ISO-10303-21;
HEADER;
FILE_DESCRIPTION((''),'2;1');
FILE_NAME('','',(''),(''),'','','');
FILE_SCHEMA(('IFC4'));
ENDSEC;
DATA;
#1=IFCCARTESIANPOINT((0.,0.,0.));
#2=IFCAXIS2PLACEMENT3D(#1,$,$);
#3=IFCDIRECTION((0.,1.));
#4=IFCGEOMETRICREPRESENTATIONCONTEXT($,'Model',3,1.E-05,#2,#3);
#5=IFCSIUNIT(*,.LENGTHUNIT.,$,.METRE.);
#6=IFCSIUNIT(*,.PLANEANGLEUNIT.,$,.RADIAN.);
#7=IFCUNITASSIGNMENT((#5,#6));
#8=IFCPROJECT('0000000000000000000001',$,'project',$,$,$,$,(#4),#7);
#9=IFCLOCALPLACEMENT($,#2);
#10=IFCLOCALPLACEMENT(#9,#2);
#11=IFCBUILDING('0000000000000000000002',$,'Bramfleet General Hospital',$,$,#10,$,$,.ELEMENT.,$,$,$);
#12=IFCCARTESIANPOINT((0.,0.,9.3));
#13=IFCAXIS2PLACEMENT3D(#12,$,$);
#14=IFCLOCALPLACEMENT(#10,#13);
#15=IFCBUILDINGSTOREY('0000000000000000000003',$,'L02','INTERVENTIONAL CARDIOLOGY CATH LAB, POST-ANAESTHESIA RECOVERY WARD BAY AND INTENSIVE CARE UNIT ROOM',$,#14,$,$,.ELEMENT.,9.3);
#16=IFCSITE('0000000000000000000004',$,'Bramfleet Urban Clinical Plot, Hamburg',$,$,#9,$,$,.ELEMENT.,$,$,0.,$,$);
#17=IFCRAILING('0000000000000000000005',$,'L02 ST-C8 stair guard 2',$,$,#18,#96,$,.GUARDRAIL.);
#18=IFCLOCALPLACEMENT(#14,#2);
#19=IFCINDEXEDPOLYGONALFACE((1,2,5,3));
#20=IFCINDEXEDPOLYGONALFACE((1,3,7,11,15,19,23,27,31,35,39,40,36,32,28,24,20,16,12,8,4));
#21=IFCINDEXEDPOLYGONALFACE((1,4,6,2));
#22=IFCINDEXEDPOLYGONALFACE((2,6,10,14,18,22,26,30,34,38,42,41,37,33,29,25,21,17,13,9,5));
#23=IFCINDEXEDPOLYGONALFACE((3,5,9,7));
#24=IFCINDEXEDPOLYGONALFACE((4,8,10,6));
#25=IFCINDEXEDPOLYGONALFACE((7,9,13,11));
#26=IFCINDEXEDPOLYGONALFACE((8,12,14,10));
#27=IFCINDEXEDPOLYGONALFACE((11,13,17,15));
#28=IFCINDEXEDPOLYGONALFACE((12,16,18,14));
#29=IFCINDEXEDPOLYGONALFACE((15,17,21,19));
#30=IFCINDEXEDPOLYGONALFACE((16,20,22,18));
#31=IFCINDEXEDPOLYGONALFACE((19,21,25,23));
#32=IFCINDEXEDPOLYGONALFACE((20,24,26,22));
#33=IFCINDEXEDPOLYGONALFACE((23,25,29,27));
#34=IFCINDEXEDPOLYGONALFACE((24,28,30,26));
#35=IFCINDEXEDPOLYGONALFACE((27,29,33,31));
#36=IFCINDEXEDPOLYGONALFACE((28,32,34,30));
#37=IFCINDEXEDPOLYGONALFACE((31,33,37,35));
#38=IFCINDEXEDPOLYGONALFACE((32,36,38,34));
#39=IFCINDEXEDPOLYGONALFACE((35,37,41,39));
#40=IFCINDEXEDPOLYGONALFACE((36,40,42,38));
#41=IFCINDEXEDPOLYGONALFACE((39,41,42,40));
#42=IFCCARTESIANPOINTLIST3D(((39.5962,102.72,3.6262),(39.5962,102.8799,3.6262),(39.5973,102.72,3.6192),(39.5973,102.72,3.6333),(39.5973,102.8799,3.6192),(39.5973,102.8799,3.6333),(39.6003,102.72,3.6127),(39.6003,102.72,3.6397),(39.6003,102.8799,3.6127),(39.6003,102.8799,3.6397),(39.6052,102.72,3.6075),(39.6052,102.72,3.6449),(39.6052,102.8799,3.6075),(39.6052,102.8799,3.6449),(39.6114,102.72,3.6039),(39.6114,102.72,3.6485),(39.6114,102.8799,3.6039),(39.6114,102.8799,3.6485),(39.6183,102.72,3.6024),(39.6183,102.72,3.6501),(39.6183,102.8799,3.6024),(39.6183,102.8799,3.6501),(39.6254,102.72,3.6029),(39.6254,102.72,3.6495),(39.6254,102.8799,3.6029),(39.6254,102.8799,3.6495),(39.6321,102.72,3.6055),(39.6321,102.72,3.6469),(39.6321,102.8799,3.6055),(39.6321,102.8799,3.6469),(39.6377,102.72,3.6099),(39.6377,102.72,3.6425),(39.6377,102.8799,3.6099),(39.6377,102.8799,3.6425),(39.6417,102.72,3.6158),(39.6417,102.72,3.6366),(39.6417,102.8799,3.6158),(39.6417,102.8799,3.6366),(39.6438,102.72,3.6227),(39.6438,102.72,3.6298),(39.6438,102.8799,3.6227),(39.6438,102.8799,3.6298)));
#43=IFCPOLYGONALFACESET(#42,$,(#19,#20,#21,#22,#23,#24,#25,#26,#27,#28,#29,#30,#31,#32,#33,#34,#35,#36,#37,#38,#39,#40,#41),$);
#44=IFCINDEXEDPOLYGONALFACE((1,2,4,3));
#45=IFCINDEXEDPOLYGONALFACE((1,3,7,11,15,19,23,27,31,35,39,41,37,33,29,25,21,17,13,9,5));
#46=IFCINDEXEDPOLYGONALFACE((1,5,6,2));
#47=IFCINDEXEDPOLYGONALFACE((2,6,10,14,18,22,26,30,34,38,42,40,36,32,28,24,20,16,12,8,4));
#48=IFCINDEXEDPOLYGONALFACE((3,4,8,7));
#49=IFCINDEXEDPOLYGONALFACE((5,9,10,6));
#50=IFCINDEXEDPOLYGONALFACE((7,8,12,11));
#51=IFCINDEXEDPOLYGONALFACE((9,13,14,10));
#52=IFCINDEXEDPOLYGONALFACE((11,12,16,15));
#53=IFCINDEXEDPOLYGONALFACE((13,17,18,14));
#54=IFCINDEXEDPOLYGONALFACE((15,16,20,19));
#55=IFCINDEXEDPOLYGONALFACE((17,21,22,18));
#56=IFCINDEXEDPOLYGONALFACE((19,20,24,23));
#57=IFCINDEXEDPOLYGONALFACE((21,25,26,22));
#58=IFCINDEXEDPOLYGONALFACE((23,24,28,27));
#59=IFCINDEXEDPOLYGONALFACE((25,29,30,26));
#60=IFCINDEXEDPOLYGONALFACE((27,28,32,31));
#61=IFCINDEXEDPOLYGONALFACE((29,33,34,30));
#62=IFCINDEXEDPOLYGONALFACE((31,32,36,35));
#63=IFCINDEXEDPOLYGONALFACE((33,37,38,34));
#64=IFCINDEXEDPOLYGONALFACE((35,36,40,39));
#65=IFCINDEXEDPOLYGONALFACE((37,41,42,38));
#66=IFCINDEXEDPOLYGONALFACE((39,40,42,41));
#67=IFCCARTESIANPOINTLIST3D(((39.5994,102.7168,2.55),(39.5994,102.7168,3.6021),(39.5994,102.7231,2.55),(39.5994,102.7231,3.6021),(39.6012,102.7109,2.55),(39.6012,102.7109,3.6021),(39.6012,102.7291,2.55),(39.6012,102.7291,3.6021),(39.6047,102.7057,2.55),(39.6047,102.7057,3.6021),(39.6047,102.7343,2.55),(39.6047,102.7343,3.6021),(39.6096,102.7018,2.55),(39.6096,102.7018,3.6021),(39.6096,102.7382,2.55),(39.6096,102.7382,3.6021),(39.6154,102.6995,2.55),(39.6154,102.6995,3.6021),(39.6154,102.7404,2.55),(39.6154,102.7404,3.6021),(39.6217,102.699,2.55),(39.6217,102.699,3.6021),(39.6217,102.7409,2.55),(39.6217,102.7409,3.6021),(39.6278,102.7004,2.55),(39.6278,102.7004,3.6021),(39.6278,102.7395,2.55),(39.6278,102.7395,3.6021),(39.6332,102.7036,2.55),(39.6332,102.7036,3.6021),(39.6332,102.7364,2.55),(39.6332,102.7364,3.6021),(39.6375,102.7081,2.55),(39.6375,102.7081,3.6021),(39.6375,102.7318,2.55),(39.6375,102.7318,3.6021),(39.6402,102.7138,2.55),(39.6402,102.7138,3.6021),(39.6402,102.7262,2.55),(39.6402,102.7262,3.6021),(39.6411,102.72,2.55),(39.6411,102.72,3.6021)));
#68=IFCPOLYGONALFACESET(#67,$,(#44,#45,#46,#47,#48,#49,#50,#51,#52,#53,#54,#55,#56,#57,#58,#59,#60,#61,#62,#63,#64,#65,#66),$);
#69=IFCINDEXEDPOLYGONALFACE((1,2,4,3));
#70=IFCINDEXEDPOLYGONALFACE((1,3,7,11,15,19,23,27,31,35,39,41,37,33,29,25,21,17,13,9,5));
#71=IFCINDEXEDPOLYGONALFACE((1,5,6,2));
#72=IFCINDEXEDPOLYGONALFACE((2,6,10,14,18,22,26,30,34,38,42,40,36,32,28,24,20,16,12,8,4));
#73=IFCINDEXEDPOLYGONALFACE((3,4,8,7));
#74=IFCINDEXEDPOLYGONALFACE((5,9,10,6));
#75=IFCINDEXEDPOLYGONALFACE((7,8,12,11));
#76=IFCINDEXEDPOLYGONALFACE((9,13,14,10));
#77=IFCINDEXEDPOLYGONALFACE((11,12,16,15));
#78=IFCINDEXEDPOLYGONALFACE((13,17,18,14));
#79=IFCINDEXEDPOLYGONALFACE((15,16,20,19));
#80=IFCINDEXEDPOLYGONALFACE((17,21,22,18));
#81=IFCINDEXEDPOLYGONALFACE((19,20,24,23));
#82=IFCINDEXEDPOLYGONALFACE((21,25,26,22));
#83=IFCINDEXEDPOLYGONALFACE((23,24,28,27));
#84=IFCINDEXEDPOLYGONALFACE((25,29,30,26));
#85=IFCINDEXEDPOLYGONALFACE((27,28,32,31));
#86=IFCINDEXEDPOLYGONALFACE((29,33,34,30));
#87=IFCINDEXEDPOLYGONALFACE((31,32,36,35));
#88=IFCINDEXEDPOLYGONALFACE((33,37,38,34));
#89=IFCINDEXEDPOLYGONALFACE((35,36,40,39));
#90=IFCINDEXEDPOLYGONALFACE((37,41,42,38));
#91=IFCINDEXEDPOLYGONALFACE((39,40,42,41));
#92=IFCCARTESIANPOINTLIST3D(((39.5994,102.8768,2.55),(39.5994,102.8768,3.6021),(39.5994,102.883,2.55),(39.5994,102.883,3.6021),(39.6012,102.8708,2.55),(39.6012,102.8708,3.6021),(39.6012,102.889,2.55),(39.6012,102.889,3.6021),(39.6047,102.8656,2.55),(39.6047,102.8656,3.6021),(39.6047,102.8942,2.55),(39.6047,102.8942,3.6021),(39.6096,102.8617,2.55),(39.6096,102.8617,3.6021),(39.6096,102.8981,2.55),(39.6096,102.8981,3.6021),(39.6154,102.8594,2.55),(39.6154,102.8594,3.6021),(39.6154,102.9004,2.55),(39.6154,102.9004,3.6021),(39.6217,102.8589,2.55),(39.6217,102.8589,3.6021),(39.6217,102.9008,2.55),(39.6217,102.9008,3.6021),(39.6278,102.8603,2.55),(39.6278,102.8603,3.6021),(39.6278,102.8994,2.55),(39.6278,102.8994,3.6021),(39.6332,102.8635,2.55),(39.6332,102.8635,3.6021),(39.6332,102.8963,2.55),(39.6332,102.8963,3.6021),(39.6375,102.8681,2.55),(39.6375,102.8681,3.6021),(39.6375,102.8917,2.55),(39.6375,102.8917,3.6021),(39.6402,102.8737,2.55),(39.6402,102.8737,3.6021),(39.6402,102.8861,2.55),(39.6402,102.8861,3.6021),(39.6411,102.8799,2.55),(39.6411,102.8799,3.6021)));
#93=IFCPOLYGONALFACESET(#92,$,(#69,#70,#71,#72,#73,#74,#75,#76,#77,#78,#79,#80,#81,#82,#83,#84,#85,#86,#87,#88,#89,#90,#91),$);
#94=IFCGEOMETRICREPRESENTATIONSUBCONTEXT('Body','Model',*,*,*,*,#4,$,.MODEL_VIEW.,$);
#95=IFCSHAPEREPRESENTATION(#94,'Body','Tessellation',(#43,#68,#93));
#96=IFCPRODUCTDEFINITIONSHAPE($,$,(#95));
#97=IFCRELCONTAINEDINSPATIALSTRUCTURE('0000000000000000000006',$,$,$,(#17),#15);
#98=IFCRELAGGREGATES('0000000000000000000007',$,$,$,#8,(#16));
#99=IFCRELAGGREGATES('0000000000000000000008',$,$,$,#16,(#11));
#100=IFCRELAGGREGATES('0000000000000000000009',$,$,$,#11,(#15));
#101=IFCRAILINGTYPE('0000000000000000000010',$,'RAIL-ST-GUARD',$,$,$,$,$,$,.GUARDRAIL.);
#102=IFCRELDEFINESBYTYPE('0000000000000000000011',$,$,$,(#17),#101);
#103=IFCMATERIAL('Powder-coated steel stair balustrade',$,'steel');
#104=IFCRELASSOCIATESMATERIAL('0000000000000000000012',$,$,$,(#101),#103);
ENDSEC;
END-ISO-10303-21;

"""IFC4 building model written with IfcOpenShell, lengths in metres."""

from ifc_helpers import new_model, si_unit, direction, frame, origin, origin_2d, place, context, subcontext, project, spatial, circle, extrude, material, type_object, element, save


model = new_model("IFC4")

# Units and contexts
model_context = context("Model", 3, precision=1e-05, world=origin(), true_north=direction((0.0, 1.0)))
body_context = subcontext(model_context, "Body", "Model", "MODEL_VIEW")
ifc_project = project(units=[si_unit("LENGTHUNIT", "METRE"), si_unit("PLANEANGLEUNIT", "RADIAN")], contexts=[model_context])

# Site, building, storey
site_placement = place(None, origin())
site = spatial("IfcSite", under=ifc_project, at=site_placement, Name="Bramfleet Urban Clinical Plot, Hamburg", CompositionType="ELEMENT", RefElevation=0.0)
building_placement = place(site_placement, origin())
building = spatial("IfcBuilding", under=site, at=building_placement, Name="Bramfleet General Hospital", CompositionType="ELEMENT")
storey_placement = place(building_placement, frame((0.0, 0.0, 9.3)))
storey = spatial("IfcBuildingStorey", under=building, at=storey_placement, Name="L02", Description="INTERVENTIONAL CARDIOLOGY CATH LAB, POST-ANAESTHESIA RECOVERY WARD BAY AND INTENSIVE CARE UNIT ROOM", CompositionType="ELEMENT", Elevation=9.3)

# Railing
ifc_material_1 = material(Name="Powder-coated steel stair balustrade", Category="steel")
railing_type_1 = type_object("IfcRailingType", Name="RAIL-ST-GUARD", PredefinedType="GUARDRAIL", material=ifc_material_1)
railing_1_placement = place(storey_placement, frame((39.6201, 102.72, 2.55)))
element("IfcRailing", 1, at=railing_1_placement, inside=storey, type_object=railing_type_1, Name="L02 ST-C8 stair guard 2", PredefinedType="GUARDRAIL", context=body_context, shape_type="SweptSolid", body=[
    extrude(circle(Radius=0.0239, at=origin_2d()), frame((0.0, 0.0, 1.0762), z_axis=(0.0, 1.0, 0.0), x_axis=(-1.0, 0.0, 0.0)), (0.0, 0.0, 1.0), 0.1599),
    extrude(circle(Radius=0.021, at=origin_2d()), origin(), (0.0, 0.0, 1.0), 1.052),
    extrude(circle(Radius=0.021, at=origin_2d()), frame((0.0, 0.1599, 0.0)), (0.0, 0.0, 1.0), 1.052),
])

save(model, "model.ifc")
